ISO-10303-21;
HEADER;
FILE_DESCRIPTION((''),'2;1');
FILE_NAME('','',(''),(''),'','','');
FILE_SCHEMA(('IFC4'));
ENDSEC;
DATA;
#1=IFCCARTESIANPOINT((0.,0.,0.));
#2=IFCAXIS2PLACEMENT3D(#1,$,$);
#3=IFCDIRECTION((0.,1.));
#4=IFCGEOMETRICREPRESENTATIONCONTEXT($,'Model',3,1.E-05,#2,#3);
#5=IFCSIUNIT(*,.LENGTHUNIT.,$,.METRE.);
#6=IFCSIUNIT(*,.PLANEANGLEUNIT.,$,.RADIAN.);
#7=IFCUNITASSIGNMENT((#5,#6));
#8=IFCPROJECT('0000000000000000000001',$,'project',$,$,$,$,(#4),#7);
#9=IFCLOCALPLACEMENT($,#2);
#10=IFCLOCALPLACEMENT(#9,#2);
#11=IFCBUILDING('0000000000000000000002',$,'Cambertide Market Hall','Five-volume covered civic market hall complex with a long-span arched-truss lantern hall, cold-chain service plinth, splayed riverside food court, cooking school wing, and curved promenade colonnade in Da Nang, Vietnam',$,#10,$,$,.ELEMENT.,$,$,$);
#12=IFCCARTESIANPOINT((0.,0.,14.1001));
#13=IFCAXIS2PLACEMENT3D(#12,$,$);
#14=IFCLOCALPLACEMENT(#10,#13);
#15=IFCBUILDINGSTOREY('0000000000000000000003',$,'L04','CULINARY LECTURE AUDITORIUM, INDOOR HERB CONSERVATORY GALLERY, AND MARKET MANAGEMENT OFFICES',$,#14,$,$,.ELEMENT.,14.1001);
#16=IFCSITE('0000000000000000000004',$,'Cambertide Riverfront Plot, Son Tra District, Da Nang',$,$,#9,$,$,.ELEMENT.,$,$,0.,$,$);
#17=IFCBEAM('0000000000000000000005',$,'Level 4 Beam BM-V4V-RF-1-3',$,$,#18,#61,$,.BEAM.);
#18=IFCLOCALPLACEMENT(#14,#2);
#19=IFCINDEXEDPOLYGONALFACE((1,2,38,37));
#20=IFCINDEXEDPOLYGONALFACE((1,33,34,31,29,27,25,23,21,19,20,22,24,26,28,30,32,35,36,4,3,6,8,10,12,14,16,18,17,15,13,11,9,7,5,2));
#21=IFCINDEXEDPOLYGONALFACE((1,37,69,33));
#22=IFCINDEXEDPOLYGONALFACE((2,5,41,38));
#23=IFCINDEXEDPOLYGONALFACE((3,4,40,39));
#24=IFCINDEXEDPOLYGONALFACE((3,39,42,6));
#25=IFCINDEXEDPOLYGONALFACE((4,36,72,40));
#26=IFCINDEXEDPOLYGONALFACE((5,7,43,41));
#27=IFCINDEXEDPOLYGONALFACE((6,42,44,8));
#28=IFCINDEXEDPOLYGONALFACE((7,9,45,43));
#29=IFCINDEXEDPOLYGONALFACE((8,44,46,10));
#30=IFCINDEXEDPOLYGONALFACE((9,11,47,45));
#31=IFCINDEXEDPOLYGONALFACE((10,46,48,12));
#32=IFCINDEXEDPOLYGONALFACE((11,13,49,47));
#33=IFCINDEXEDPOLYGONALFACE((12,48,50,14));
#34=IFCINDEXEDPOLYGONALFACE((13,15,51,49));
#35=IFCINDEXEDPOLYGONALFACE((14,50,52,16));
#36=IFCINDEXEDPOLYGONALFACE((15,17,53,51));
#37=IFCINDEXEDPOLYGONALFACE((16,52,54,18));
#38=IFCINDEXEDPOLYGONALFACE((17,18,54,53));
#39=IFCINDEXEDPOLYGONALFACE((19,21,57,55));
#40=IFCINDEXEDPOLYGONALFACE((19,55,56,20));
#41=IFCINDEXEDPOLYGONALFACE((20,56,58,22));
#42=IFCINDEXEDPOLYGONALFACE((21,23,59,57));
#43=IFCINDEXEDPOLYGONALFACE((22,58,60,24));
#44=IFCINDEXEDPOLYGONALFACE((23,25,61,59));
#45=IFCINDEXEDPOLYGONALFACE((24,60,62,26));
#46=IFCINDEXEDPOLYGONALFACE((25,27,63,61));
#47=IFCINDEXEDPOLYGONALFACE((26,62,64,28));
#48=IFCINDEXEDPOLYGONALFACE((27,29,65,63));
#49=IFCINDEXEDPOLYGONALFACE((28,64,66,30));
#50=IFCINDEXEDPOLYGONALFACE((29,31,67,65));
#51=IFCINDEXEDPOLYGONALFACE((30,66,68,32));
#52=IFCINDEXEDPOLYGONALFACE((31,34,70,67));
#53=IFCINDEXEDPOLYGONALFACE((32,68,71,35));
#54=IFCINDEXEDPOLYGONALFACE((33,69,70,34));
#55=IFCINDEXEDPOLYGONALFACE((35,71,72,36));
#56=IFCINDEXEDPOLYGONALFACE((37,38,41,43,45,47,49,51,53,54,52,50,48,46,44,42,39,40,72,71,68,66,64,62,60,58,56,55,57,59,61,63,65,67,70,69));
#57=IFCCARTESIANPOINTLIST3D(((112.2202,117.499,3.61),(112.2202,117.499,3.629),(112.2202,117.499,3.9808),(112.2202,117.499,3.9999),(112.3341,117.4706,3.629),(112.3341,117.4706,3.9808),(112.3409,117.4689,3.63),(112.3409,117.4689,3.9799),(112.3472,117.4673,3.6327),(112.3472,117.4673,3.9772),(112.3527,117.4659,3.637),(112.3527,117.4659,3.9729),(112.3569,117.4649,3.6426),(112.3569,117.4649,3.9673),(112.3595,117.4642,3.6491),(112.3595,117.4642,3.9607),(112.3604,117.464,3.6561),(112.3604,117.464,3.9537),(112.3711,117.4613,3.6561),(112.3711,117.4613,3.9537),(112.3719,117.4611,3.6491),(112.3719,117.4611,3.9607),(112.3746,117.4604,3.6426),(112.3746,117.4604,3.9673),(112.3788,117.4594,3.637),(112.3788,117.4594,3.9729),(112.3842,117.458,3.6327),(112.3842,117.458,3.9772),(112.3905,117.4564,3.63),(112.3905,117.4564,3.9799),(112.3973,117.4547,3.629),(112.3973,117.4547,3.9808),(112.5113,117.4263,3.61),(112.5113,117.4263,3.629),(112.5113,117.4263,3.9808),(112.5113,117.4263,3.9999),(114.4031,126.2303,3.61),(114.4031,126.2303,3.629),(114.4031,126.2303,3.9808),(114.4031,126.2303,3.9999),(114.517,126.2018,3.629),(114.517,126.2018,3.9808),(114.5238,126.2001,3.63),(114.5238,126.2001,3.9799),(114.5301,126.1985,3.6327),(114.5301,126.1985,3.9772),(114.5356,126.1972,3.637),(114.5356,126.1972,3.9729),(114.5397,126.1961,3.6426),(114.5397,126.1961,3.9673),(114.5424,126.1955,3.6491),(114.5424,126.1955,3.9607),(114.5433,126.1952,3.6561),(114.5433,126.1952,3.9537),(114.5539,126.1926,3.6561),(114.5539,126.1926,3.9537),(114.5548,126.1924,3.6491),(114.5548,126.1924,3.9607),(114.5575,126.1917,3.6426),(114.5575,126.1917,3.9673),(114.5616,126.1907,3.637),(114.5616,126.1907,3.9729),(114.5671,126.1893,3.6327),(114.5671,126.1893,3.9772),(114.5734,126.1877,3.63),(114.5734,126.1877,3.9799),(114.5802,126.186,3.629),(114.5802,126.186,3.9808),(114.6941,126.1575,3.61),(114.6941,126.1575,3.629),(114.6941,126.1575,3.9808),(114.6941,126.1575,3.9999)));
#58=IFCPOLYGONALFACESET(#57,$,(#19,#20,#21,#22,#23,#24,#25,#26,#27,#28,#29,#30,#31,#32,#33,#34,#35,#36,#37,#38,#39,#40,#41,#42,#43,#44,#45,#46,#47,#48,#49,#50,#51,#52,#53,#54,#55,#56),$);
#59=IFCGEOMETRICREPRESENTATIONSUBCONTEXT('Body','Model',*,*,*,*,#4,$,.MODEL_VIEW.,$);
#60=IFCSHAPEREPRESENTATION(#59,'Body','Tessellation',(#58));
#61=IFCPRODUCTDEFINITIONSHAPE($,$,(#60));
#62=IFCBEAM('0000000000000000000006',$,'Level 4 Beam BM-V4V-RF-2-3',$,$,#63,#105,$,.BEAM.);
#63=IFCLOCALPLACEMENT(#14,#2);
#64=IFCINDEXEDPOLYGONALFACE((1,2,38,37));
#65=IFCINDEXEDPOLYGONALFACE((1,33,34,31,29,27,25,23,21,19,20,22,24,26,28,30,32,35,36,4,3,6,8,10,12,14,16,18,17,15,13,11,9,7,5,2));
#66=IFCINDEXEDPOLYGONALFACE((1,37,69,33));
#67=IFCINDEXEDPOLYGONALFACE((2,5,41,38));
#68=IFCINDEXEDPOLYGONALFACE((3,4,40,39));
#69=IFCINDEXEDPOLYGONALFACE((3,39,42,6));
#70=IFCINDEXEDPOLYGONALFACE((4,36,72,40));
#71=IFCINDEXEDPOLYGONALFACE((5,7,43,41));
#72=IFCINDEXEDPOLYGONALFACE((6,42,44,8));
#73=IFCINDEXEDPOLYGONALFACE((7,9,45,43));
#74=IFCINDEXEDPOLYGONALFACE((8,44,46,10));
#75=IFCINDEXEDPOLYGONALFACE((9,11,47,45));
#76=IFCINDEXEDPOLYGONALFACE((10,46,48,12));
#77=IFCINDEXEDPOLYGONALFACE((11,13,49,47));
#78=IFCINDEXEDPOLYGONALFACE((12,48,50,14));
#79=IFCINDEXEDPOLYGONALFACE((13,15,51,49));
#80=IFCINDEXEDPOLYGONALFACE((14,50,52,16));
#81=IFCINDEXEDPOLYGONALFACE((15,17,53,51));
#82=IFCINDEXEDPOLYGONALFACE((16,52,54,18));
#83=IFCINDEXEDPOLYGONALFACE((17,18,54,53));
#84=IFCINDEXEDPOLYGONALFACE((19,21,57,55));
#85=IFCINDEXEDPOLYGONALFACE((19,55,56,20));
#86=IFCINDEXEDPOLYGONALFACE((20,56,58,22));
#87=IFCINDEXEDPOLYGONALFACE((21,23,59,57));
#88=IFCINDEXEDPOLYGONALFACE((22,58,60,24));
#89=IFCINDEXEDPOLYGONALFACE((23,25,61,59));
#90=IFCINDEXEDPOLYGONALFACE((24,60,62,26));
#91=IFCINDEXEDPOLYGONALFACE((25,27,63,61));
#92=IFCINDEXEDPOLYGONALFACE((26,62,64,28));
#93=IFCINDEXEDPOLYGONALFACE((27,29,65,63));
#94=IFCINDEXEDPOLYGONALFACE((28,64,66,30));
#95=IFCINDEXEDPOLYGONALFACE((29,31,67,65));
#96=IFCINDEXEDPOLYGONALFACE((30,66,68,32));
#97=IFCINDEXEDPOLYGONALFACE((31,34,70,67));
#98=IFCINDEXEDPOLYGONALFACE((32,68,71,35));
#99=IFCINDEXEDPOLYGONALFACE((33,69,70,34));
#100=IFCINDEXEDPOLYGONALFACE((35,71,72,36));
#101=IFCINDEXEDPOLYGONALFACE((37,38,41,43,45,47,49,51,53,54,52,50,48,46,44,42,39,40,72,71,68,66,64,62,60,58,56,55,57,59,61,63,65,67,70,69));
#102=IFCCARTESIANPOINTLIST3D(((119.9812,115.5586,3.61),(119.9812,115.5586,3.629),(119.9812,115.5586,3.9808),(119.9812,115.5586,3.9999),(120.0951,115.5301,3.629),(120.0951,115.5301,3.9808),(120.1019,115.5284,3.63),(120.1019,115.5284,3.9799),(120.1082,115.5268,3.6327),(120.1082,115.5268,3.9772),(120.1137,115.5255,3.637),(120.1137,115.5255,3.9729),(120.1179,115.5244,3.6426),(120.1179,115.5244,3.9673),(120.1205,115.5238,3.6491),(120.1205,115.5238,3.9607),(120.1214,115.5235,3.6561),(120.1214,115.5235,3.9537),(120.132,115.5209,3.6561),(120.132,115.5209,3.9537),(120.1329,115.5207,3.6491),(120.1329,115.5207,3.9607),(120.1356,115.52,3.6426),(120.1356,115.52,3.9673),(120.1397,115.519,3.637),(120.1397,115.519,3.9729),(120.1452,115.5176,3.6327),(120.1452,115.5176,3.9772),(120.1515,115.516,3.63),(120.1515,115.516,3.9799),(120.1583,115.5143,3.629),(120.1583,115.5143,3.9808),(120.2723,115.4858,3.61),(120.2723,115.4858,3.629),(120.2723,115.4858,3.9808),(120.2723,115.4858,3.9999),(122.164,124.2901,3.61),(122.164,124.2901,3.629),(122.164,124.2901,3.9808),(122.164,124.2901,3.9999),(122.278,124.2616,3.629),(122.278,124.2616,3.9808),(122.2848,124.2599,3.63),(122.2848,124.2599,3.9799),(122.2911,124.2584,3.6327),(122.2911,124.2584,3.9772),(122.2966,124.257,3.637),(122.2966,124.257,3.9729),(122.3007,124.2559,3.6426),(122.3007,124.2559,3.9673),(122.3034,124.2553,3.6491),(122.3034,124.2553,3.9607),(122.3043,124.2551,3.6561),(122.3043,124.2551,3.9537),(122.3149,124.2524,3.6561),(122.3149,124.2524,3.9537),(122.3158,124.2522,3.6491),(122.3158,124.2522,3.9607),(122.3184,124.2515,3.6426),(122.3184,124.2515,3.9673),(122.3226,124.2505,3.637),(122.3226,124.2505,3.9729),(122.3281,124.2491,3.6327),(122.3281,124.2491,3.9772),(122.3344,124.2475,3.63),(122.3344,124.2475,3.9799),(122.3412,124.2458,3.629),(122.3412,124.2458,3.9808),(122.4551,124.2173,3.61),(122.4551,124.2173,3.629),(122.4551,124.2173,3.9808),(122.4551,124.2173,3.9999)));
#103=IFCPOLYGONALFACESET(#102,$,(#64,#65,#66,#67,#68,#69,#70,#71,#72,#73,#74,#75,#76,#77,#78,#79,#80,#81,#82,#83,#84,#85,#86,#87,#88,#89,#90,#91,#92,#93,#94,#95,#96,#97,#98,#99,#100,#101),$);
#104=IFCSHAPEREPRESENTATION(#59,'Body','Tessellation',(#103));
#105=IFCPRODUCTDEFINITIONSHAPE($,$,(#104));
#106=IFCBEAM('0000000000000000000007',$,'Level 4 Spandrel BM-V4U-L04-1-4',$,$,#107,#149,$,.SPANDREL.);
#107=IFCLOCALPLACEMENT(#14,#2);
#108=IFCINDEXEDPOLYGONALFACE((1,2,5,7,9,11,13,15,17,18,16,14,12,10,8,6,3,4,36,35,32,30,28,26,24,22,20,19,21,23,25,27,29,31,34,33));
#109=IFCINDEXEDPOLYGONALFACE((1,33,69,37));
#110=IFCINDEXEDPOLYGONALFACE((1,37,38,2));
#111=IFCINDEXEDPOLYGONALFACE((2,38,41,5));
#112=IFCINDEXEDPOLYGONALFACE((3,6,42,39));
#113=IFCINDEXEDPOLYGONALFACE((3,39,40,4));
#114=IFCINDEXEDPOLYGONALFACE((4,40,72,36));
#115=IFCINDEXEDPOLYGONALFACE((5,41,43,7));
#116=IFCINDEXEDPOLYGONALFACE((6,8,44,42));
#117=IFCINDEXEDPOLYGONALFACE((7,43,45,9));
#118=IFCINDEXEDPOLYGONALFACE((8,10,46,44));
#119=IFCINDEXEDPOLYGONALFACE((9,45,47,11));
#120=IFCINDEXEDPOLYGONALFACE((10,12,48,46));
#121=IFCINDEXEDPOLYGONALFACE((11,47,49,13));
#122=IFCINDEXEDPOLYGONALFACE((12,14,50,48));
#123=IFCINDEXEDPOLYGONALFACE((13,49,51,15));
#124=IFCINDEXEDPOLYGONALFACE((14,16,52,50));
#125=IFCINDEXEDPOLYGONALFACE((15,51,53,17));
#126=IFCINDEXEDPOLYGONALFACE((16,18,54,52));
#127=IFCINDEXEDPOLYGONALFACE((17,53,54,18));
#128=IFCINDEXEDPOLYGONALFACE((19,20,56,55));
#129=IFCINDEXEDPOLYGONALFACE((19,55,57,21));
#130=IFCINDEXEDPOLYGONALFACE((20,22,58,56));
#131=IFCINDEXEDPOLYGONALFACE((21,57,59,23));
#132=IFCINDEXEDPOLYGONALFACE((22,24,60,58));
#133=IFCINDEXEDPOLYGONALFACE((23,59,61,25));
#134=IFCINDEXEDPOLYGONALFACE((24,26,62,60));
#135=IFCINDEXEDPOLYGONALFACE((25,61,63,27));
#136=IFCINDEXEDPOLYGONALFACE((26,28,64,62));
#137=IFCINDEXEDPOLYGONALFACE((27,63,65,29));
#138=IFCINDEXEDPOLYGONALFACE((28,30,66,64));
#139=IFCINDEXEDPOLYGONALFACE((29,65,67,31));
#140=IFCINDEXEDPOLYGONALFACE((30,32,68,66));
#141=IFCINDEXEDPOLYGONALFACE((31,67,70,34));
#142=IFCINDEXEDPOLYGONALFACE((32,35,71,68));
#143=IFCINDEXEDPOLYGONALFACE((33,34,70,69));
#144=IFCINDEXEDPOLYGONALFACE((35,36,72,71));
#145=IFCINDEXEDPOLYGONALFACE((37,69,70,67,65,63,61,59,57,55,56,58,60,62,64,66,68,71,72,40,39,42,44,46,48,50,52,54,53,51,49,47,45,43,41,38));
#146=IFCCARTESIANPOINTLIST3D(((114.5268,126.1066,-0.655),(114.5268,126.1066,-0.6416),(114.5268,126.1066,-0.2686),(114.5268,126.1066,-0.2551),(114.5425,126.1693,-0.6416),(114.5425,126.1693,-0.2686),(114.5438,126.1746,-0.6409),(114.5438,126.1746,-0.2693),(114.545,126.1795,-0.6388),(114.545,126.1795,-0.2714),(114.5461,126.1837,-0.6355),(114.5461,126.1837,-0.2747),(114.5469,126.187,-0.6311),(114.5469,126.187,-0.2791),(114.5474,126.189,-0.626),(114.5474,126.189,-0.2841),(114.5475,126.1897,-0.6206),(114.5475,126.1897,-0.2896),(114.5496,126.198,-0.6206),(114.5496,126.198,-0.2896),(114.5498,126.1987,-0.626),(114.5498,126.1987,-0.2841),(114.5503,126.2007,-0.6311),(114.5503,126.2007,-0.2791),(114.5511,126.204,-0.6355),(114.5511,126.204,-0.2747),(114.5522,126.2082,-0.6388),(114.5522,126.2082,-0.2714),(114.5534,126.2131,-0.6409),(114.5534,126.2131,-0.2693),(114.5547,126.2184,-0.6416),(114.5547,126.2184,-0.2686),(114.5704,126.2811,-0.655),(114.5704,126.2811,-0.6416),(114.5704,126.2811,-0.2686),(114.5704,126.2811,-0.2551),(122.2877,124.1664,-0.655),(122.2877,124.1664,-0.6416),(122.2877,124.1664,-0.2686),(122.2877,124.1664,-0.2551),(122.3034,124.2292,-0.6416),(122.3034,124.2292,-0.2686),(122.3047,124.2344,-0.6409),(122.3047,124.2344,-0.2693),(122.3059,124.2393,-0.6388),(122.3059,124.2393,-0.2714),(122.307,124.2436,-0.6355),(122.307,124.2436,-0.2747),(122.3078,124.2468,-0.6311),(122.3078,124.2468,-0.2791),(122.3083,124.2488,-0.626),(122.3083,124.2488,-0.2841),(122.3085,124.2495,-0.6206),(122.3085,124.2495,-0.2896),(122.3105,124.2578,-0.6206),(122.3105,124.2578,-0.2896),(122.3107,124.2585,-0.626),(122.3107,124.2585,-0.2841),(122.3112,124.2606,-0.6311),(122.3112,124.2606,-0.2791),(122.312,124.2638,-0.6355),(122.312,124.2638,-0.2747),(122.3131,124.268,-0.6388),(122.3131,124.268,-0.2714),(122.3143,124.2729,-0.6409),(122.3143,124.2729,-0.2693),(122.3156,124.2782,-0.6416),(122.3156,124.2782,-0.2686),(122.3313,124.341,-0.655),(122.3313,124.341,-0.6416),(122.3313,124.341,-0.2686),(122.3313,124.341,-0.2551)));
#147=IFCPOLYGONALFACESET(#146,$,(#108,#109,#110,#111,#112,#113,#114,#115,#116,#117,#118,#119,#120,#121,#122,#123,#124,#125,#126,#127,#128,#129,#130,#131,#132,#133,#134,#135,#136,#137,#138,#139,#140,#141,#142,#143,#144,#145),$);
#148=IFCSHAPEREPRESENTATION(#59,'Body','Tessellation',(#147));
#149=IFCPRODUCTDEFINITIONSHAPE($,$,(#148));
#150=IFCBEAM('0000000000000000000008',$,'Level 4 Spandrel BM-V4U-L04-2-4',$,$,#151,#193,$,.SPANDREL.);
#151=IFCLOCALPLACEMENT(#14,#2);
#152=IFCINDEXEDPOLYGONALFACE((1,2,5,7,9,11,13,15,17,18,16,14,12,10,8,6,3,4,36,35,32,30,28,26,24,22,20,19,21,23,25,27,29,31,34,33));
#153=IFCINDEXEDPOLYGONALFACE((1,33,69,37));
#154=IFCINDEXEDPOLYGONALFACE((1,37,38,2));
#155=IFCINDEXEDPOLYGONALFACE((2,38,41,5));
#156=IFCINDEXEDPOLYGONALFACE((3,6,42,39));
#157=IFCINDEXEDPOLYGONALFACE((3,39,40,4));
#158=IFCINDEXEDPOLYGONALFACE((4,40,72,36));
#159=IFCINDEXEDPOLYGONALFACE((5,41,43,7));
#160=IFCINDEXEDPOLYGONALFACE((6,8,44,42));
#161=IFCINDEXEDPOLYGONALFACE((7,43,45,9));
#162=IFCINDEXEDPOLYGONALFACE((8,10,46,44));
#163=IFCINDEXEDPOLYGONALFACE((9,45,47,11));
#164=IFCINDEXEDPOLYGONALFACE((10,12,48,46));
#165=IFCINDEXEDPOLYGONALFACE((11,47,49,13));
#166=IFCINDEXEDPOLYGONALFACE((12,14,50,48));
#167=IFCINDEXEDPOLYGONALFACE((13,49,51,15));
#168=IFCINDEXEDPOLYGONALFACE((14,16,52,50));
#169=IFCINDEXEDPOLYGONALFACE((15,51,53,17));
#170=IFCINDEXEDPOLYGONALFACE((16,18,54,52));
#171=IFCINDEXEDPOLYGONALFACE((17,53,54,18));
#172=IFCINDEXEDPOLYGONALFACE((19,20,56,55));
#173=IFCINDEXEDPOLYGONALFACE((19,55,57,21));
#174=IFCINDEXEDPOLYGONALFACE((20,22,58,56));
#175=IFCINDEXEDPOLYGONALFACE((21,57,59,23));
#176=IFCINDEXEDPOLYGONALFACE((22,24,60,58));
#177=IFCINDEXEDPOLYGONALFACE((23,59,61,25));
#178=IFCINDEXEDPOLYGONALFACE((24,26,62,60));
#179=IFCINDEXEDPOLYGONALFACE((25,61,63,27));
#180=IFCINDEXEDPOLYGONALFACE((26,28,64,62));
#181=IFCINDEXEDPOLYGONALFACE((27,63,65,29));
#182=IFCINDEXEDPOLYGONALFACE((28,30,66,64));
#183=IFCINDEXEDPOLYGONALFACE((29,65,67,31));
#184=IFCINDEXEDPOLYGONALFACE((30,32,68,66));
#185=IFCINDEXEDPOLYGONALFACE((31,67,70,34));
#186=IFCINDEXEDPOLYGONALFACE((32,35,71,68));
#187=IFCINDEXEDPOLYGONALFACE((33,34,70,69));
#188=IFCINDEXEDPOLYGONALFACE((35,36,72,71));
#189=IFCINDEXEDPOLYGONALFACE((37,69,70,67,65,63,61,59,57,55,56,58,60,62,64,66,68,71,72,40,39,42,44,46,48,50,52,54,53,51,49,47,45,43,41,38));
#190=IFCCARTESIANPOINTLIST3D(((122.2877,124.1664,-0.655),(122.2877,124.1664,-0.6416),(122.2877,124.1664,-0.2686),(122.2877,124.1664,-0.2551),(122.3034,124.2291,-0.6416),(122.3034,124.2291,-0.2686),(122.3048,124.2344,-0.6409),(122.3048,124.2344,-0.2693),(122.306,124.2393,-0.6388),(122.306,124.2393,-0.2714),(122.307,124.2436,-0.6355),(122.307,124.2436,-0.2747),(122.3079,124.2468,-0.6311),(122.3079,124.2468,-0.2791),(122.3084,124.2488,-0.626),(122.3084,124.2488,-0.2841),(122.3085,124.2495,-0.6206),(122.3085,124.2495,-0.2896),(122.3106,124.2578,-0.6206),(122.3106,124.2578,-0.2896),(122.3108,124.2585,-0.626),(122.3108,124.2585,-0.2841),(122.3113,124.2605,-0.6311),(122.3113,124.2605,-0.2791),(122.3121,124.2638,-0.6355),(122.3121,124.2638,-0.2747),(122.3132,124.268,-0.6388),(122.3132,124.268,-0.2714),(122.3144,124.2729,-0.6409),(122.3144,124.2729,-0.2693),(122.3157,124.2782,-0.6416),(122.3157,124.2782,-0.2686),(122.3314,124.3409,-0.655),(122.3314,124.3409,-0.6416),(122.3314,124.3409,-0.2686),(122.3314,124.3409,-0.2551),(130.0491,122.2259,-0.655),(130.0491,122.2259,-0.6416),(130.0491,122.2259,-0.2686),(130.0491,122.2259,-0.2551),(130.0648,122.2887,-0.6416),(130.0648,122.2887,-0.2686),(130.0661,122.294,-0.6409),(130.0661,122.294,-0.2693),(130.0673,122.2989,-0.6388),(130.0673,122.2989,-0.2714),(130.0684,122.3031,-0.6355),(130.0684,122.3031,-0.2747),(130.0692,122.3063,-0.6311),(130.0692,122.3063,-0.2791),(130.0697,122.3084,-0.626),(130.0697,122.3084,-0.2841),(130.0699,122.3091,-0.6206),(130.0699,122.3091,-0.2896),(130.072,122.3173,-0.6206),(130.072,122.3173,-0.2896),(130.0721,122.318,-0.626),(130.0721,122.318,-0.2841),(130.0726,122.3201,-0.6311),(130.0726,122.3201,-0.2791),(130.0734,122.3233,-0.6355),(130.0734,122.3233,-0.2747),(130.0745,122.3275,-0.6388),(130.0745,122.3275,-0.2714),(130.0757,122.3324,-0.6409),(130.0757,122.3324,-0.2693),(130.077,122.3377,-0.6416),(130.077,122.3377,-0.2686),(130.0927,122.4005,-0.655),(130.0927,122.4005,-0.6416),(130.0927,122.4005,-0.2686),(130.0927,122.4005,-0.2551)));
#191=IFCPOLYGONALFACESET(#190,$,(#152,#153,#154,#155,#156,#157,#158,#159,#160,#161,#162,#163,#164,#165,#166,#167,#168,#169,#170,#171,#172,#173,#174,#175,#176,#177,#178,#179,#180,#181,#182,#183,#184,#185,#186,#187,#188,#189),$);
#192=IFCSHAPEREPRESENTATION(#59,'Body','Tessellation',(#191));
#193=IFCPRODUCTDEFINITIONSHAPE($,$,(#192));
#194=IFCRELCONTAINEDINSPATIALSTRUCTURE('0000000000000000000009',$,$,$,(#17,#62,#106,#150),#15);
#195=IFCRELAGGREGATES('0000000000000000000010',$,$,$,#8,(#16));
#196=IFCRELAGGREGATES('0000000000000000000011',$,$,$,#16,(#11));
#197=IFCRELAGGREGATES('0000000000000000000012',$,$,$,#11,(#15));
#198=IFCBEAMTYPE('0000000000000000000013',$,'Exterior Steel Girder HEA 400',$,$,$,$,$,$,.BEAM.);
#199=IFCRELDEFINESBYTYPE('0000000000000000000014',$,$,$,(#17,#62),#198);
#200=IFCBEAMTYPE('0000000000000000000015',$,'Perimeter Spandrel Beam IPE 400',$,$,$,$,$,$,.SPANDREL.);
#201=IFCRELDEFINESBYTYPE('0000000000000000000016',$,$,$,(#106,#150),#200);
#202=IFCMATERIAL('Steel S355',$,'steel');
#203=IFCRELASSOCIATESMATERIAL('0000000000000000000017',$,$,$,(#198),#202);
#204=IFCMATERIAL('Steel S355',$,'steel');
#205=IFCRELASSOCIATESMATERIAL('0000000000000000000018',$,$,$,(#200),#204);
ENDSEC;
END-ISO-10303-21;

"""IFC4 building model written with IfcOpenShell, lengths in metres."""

from ifc_helpers import new_model, si_unit, direction, frame, origin, origin_2d, place, context, subcontext, project, spatial, i_section, extrude, material, material_profile, profile_set, type_object, element, save


model = new_model("IFC4")

# Units and contexts
model_context = context("Model", 3, precision=1e-05, world=origin(), true_north=direction((0.0, 1.0)))
body_context = subcontext(model_context, "Body", "Model", "MODEL_VIEW")
ifc_project = project(units=[si_unit("LENGTHUNIT", "METRE"), si_unit("PLANEANGLEUNIT", "RADIAN")], contexts=[model_context])

# Site, building, storey
site_placement = place(None, origin())
site = spatial("IfcSite", under=ifc_project, at=site_placement, Name="Cambertide Riverfront Plot, Son Tra District, Da Nang", CompositionType="ELEMENT", RefElevation=0.0)
building_placement = place(site_placement, origin())
building = spatial("IfcBuilding", under=site, at=building_placement, Name="Cambertide Market Hall", Description="Five-volume covered civic market hall complex with a long-span arched-truss lantern hall, cold-chain service plinth, splayed riverside food court, cooking school wing, and curved promenade colonnade in Da Nang, Vietnam", CompositionType="ELEMENT")
storey_placement = place(building_placement, frame((0.0, 0.0, 14.1001)))
storey = spatial("IfcBuildingStorey", under=building, at=storey_placement, Name="L04", Description="CULINARY LECTURE AUDITORIUM, INDOOR HERB CONSERVATORY GALLERY, AND MARKET MANAGEMENT OFFICES", CompositionType="ELEMENT", Elevation=14.1001)

# Beams
ifc_material_1 = material(Name="Steel S355", Category="steel")
ifc_material_profile_1 = material_profile(ifc_material_1, i_section(OverallWidth=0.3, OverallDepth=0.3899, WebThickness=0.011, FlangeThickness=0.019, FilletRadius=0.0271, at=origin_2d()), Name="HEA 400")
ifc_profile_set_1 = profile_set([ifc_material_profile_1], Name="Steel S355")
beam_type_1 = type_object("IfcBeamType", Name="Exterior Steel Girder HEA 400", PredefinedType="BEAM", material=ifc_profile_set_1)
beam_1_placement = place(storey_placement, frame((112.3657, 117.4626, 3.8049), z_axis=(0.242542, 0.970141, 0.0), x_axis=(-0.970141, 0.242542, 0.0)))
element("IfcBeam", 1, at=beam_1_placement, inside=storey, type_object=beam_type_1, Name="Level 4 Beam BM-V4V-RF-1-3", PredefinedType="BEAM", context=body_context, shape_type="SweptSolid", body=[
    extrude(i_section(OverallWidth=0.3, OverallDepth=0.3899, WebThickness=0.011, FlangeThickness=0.019, FilletRadius=0.0271, at=origin_2d()), origin(), (0.0, 0.0, 1.0), 9.0),
])
beam_2_placement = place(storey_placement, frame((120.1267, 115.5222, 3.8049), z_axis=(0.242536, 0.970143, 0.0), x_axis=(-0.970143, 0.242536, 0.0)))
element("IfcBeam", 2, at=beam_2_placement, inside=storey, type_object=beam_type_1, Name="Level 4 Beam BM-V4V-RF-2-3", PredefinedType="BEAM", context=body_context, shape_type="SweptSolid", body=[
    extrude(i_section(OverallWidth=0.3, OverallDepth=0.3899, WebThickness=0.011, FlangeThickness=0.019, FilletRadius=0.0271, at=origin_2d()), origin(), (0.0, 0.0, 1.0), 9.0002),
])
ifc_material_2 = material(Name="Steel S355", Category="steel")
ifc_material_profile_2 = material_profile(ifc_material_2, i_section(OverallWidth=0.1799, OverallDepth=0.3999, WebThickness=0.0085, FlangeThickness=0.0134, FilletRadius=0.021, at=origin_2d()), Name="IPE 400")
ifc_profile_set_2 = profile_set([ifc_material_profile_2], Name="Steel S355")
beam_type_2 = type_object("IfcBeamType", Name="Perimeter Spandrel Beam IPE 400", PredefinedType="SPANDREL", material=ifc_profile_set_2)
beam_3_placement = place(storey_placement, frame((114.5486, 126.1938, -0.4551), z_axis=(0.970144, -0.242528, 0.0), x_axis=(0.242528, 0.970144, 0.0)))
element("IfcBeam", 3, at=beam_3_placement, inside=storey, type_object=beam_type_2, Name="Level 4 Spandrel BM-V4U-L04-1-4", PredefinedType="SPANDREL", context=body_context, shape_type="SweptSolid", body=[
    extrude(i_section(OverallWidth=0.1799, OverallDepth=0.3999, WebThickness=0.0085, FlangeThickness=0.0134, FilletRadius=0.021, at=origin_2d()), origin(), (0.0, 0.0, 1.0), 7.9998),
])
beam_4_placement = place(storey_placement, frame((122.3096, 124.2537, -0.4551), z_axis=(0.970139, -0.24255, 0.0), x_axis=(0.24255, 0.970139, 0.0)))
element("IfcBeam", 4, at=beam_4_placement, inside=storey, type_object=beam_type_2, Name="Level 4 Spandrel BM-V4U-L04-2-4", PredefinedType="SPANDREL", context=body_context, shape_type="SweptSolid", body=[
    extrude(i_section(OverallWidth=0.1799, OverallDepth=0.3999, WebThickness=0.0085, FlangeThickness=0.0134, FilletRadius=0.021, at=origin_2d()), origin(), (0.0, 0.0, 1.0), 8.0002),
])

save(model, "model.ifc")
